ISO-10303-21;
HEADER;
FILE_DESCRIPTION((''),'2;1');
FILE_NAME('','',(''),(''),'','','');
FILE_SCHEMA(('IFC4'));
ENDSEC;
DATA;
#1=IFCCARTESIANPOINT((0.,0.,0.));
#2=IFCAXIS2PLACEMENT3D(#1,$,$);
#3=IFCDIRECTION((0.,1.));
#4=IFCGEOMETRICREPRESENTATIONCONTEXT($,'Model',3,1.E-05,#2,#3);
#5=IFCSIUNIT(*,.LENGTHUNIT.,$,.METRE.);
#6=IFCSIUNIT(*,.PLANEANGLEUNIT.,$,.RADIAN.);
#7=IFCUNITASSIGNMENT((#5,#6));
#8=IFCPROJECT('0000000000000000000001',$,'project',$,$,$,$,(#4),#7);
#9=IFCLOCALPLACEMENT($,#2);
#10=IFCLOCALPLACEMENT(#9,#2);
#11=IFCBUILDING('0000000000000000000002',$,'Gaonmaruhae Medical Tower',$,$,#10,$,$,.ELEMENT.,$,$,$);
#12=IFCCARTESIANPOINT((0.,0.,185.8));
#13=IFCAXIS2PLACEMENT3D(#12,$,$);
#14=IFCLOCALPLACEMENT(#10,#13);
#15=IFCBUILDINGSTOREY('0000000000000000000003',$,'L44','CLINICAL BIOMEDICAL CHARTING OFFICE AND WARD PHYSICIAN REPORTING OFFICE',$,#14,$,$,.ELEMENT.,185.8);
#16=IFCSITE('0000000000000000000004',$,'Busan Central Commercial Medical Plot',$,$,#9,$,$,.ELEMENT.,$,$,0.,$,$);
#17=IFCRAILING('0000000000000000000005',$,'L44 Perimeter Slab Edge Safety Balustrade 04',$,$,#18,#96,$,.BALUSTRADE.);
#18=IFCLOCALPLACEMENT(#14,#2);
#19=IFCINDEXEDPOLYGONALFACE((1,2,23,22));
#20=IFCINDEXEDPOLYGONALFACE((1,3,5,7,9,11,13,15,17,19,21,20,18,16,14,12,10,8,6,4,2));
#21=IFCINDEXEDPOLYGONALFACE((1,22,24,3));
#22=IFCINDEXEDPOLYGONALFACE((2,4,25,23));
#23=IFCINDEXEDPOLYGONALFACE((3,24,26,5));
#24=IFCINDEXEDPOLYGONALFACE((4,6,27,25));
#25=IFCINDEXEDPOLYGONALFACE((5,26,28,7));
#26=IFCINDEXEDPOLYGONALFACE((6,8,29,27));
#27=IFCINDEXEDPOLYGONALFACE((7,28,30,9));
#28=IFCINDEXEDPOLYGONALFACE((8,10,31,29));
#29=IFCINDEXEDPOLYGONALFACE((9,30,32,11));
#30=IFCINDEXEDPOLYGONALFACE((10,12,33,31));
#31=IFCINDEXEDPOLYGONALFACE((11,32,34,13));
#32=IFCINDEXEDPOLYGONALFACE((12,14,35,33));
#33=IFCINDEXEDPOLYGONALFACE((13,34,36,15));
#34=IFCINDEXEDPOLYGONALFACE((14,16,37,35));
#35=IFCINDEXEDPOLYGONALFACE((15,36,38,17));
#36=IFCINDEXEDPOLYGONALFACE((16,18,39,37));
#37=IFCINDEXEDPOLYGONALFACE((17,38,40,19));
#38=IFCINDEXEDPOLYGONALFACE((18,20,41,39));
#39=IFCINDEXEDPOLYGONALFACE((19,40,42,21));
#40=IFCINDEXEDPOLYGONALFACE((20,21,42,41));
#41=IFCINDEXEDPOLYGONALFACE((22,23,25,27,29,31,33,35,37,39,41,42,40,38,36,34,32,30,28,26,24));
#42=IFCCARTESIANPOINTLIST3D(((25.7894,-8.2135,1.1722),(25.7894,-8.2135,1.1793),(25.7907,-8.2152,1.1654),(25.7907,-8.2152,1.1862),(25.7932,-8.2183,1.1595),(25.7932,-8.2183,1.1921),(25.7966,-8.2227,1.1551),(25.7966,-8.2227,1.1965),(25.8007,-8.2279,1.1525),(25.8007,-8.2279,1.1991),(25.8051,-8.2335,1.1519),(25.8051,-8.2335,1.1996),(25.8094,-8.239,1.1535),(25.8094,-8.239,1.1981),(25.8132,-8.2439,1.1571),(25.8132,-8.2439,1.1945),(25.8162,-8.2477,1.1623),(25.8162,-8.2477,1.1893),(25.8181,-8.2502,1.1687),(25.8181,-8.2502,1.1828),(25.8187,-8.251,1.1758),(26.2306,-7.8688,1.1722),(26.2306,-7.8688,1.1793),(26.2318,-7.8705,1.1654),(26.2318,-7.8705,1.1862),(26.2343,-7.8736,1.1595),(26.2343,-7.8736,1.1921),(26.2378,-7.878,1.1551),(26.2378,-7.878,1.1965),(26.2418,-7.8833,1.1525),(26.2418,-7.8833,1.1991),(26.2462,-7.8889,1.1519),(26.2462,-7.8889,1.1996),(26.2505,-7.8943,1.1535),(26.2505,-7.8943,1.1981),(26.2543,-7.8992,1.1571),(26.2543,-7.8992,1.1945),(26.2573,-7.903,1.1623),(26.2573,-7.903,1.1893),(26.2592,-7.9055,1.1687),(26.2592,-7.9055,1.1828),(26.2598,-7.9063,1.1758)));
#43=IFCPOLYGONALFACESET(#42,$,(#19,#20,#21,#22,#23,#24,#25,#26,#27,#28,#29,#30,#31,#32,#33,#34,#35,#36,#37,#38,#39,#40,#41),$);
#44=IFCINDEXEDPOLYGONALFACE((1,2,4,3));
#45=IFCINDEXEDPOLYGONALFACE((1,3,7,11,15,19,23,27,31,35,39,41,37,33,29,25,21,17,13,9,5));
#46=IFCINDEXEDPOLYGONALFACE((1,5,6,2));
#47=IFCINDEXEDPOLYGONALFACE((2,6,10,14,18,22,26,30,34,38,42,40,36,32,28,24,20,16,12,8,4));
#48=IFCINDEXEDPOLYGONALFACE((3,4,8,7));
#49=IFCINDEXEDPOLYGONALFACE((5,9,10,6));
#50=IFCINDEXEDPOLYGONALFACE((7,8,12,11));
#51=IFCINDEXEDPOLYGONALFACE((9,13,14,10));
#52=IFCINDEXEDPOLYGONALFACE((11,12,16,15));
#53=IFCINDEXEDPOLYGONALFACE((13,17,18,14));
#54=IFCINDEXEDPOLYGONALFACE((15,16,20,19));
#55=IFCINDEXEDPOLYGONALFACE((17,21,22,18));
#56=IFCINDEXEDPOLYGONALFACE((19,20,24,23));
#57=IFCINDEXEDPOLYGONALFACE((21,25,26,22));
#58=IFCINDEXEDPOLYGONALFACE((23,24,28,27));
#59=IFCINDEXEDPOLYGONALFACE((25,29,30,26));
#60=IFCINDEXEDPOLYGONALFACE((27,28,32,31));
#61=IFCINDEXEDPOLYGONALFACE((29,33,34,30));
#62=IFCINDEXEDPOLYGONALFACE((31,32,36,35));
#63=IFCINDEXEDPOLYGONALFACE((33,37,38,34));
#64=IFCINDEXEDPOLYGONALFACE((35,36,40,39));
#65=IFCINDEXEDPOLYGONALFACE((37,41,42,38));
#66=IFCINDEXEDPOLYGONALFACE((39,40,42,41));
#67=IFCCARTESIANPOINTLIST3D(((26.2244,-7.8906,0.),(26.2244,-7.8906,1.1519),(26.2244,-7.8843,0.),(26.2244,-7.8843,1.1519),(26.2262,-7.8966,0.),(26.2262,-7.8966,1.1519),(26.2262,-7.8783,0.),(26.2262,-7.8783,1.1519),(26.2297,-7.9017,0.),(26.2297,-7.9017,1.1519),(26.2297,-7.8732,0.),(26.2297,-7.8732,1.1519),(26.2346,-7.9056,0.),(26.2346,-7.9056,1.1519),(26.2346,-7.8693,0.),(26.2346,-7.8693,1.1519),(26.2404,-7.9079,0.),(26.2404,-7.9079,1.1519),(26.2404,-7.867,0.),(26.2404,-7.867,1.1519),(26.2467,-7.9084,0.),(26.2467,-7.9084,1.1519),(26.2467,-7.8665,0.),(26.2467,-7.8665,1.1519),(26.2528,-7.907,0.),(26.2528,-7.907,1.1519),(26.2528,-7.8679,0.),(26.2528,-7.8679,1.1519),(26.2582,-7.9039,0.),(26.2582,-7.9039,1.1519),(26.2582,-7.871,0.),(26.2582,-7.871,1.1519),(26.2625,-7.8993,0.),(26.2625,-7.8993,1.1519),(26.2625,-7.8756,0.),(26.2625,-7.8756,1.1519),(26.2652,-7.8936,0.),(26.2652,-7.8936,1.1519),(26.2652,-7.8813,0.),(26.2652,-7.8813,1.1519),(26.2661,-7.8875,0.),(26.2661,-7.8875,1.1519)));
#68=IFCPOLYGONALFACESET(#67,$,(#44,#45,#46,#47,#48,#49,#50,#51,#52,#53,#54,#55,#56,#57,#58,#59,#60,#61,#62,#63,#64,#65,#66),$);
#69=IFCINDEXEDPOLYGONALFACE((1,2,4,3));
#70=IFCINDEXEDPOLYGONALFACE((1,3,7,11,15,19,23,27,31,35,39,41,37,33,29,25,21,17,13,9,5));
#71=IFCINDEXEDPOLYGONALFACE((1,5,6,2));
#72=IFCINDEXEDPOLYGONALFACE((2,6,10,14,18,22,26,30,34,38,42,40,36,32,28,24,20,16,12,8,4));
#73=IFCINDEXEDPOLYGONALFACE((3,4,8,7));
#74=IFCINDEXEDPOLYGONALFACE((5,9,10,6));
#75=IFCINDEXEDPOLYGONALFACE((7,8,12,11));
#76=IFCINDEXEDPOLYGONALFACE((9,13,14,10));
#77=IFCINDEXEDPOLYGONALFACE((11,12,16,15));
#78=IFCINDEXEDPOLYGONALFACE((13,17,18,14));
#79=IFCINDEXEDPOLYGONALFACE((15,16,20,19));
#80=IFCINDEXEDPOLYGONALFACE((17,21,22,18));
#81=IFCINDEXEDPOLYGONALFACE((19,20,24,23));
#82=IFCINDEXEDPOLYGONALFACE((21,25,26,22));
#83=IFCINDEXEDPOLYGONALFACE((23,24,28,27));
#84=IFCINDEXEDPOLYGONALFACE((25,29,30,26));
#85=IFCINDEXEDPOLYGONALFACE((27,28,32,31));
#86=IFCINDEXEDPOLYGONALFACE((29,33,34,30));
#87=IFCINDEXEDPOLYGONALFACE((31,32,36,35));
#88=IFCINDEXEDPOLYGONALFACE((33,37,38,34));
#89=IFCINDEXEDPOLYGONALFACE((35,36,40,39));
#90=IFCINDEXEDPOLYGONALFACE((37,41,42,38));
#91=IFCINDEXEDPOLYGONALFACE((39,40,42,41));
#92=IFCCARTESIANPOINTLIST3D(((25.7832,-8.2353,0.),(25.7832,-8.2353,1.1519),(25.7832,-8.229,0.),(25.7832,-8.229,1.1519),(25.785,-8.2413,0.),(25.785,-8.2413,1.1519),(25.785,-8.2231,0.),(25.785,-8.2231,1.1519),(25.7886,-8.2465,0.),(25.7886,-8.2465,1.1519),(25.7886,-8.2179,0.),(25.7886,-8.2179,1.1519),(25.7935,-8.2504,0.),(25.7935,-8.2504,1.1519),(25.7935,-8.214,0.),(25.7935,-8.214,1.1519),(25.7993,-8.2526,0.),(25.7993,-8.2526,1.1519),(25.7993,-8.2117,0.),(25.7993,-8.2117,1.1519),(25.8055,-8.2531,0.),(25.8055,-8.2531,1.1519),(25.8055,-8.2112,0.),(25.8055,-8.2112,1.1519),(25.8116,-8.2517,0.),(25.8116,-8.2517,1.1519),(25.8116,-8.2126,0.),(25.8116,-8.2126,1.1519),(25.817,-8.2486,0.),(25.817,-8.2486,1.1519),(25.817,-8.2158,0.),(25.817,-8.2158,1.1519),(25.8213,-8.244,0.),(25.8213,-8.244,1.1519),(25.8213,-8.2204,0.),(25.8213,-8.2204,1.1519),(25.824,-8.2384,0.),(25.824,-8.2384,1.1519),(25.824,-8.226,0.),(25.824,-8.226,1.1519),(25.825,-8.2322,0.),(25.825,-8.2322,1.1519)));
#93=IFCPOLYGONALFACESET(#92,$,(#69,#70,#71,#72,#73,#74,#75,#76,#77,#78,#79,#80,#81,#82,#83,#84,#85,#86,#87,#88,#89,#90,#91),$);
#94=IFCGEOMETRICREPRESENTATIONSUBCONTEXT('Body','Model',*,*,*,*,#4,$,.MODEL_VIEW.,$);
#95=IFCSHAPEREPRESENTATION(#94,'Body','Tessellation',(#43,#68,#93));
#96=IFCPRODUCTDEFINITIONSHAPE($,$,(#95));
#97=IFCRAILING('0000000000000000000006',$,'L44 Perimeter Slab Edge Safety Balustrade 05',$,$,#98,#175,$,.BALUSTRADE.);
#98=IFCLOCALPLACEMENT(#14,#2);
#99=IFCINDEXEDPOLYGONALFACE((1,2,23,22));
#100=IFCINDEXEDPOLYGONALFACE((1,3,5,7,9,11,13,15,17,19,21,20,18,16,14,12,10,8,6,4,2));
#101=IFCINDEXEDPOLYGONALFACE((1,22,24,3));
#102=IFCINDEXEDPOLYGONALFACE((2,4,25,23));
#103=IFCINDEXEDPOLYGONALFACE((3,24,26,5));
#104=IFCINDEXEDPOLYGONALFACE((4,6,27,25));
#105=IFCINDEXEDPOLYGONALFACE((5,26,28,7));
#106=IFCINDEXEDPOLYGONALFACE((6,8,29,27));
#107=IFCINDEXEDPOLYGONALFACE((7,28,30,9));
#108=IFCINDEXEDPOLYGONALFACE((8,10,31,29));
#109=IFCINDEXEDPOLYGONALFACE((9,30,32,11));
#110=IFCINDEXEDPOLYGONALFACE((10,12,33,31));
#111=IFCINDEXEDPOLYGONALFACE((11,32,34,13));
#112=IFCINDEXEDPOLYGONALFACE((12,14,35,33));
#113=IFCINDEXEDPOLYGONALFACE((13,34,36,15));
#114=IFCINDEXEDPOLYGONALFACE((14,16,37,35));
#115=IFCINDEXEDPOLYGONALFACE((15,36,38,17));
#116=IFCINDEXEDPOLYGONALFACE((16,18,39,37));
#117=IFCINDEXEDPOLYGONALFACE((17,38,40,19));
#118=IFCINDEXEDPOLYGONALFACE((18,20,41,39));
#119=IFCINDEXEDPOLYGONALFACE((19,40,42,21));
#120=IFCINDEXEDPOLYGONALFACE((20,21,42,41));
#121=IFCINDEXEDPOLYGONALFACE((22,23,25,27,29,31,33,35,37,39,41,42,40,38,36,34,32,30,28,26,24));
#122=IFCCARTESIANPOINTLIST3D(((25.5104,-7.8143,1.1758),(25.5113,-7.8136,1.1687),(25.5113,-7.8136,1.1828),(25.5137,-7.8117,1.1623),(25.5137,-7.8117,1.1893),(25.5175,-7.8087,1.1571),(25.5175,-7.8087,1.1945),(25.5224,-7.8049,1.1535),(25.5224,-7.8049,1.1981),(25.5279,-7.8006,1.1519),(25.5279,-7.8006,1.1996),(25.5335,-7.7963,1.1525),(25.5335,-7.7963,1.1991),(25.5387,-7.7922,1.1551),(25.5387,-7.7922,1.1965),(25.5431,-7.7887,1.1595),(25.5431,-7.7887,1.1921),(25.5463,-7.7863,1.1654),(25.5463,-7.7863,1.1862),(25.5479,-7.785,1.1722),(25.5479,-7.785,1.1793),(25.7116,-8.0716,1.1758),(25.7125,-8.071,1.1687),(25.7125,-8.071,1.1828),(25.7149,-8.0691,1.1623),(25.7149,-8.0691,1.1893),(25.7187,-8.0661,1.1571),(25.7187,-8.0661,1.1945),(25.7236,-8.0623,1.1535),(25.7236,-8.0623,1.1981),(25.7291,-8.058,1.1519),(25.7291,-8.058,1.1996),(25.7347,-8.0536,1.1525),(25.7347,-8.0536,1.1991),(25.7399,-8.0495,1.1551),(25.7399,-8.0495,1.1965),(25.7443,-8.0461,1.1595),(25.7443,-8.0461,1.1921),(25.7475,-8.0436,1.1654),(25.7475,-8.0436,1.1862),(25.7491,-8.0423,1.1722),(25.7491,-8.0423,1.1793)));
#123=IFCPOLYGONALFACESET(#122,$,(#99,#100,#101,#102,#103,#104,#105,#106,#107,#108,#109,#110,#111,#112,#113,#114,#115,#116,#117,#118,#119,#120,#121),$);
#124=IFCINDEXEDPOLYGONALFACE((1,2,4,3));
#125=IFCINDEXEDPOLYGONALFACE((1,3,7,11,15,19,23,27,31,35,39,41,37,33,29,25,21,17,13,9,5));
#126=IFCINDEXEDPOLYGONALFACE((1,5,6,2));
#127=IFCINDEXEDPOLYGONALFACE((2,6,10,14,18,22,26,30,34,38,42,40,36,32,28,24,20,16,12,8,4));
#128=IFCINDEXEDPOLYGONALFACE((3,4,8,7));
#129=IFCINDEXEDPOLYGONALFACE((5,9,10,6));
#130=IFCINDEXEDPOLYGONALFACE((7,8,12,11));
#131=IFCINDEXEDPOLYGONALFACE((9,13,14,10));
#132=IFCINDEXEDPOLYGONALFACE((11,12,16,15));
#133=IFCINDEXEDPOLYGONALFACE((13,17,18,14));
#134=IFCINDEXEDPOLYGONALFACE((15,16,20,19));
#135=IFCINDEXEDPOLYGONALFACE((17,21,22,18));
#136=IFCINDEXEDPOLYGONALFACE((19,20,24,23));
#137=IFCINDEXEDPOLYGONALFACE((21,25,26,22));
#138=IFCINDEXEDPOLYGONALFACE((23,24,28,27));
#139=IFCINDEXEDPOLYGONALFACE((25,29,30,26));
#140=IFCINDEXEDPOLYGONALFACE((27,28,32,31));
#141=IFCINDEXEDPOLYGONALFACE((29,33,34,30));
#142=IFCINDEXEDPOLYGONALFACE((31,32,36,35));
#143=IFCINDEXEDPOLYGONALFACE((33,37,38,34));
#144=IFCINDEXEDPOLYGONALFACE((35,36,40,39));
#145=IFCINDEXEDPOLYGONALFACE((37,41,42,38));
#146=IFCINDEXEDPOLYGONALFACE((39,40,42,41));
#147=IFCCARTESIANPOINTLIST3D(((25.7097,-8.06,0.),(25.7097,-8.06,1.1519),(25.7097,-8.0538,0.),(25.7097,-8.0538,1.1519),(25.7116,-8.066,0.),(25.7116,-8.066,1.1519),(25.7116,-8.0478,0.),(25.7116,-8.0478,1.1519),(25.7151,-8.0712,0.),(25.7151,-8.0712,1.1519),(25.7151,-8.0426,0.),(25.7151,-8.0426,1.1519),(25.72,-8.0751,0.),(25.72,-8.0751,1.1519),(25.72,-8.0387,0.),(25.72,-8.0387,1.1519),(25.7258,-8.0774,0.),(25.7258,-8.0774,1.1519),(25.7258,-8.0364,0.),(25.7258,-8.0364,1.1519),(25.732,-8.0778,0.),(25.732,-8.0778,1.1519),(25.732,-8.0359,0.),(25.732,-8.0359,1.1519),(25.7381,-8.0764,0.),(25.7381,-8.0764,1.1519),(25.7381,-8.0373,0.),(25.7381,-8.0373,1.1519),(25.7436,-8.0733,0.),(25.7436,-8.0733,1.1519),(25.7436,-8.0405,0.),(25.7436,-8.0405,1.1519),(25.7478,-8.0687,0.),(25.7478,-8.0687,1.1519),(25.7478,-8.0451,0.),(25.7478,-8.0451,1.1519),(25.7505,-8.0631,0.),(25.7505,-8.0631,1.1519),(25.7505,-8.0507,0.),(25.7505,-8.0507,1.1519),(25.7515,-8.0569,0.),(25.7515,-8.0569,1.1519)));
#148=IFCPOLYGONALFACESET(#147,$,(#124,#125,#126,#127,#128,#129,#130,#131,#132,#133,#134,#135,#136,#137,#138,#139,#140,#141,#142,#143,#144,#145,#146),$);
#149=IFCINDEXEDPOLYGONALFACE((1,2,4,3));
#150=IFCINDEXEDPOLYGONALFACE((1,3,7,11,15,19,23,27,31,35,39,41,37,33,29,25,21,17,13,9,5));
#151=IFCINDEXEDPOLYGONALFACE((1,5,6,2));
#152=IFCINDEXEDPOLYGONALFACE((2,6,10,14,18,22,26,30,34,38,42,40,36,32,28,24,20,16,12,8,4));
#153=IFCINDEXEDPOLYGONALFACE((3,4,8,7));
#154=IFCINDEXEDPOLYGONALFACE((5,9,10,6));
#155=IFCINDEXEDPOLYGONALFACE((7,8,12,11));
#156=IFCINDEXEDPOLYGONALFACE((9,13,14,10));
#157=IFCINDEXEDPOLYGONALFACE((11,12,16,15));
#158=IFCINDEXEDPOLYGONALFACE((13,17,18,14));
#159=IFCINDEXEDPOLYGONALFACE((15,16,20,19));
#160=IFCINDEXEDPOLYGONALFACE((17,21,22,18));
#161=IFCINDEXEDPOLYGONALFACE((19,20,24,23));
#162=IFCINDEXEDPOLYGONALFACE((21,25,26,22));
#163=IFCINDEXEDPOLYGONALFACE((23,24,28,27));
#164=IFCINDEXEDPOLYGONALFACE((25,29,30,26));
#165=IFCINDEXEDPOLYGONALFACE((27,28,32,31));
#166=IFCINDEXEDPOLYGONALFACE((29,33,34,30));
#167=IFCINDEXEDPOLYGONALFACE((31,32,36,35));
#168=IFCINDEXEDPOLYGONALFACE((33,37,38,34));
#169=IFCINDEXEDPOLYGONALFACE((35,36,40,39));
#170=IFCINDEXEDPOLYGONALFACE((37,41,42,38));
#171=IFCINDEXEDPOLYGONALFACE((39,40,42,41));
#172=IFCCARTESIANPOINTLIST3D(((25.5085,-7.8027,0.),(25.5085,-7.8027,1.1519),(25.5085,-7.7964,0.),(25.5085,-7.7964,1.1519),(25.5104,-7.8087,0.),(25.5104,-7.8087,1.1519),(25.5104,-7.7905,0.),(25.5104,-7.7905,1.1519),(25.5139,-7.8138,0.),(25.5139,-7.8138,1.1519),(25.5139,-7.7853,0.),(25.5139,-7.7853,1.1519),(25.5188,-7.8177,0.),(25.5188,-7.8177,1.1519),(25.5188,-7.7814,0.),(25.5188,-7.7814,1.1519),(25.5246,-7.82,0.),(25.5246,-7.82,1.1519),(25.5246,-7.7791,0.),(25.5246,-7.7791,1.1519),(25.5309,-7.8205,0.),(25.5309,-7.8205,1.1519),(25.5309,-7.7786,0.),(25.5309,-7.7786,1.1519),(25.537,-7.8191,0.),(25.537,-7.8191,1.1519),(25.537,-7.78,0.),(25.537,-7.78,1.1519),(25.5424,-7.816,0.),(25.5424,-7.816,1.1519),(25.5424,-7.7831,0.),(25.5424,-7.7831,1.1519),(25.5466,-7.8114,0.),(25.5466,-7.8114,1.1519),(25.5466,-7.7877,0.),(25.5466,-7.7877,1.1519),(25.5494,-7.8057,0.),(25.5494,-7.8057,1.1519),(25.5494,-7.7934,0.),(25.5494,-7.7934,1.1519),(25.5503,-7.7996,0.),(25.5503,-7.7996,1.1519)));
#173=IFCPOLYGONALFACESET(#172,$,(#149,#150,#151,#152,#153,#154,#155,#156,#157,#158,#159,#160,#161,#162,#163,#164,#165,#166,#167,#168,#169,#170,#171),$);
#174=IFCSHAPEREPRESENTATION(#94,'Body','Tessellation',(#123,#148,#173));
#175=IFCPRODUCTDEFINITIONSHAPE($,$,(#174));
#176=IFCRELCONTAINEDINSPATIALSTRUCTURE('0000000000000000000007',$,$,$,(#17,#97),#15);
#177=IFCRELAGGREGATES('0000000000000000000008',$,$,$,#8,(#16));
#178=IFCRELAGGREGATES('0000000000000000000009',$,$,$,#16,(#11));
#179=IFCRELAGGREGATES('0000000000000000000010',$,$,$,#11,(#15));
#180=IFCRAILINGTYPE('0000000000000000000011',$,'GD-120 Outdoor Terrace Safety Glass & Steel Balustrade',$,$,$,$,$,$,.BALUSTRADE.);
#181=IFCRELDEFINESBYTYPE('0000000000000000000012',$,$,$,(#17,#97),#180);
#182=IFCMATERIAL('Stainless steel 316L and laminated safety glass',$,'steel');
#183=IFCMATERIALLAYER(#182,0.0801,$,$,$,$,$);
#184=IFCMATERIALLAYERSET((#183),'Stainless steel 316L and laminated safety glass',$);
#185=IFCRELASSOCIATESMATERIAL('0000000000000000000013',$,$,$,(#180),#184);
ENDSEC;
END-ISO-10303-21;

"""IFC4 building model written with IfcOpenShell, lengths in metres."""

from ifc_helpers import new_model, si_unit, direction, frame, origin, origin_2d, place, context, subcontext, project, spatial, circle, extrude, material, layer, layer_set, type_object, element, save


model = new_model("IFC4")

# Units and contexts
model_context = context("Model", 3, precision=1e-05, world=origin(), true_north=direction((0.0, 1.0)))
body_context = subcontext(model_context, "Body", "Model", "MODEL_VIEW")
ifc_project = project(units=[si_unit("LENGTHUNIT", "METRE"), si_unit("PLANEANGLEUNIT", "RADIAN")], contexts=[model_context])

# Site, building, storey
site_placement = place(None, origin())
site = spatial("IfcSite", under=ifc_project, at=site_placement, Name="Busan Central Commercial Medical Plot", CompositionType="ELEMENT", RefElevation=0.0)
building_placement = place(site_placement, origin())
building = spatial("IfcBuilding", under=site, at=building_placement, Name="Gaonmaruhae Medical Tower", CompositionType="ELEMENT")
storey_placement = place(building_placement, frame((0.0, 0.0, 185.8)))
storey = spatial("IfcBuildingStorey", under=building, at=storey_placement, Name="L44", Description="CLINICAL BIOMEDICAL CHARTING OFFICE AND WARD PHYSICIAN REPORTING OFFICE", CompositionType="ELEMENT", Elevation=185.8)

# Railings
ifc_material_1 = material(Name="Stainless steel 316L and laminated safety glass", Category="steel")
ifc_layer_1 = layer(ifc_material_1, 0.0801)
ifc_layer_set_1 = layer_set([ifc_layer_1], Name="Stainless steel 316L and laminated safety glass")
railing_type = type_object("IfcRailingType", Name="GD-120 Outdoor Terrace Safety Glass & Steel Balustrade", PredefinedType="BALUSTRADE", material=ifc_layer_set_1)
railing_1_placement = place(storey_placement, frame((26.2451, -7.8875, 0.0)))
element("IfcRailing", 1, at=railing_1_placement, inside=storey, type_object=railing_type, Name="L44 Perimeter Slab Edge Safety Balustrade 04", PredefinedType="BALUSTRADE", context=body_context, shape_type="SweptSolid", body=[
    extrude(circle(Radius=0.0239, at=origin_2d()), frame((0.0, 0.0, 1.1758), z_axis=(-0.787965, -0.61572, 0.0), x_axis=(0.61572, -0.787965, 0.0)), (0.0, 0.0, 1.0), 0.5598),
    extrude(circle(Radius=0.021, at=origin_2d()), origin(), (0.0, 0.0, 1.0), 1.1519),
    extrude(circle(Radius=0.021, at=origin_2d()), frame((-0.4412, -0.3447, 0.0)), (0.0, 0.0, 1.0), 1.1519),
])
railing_2_placement = place(storey_placement, frame((25.7305, -8.0569, 0.0)))
element("IfcRailing", 2, at=railing_2_placement, inside=storey, type_object=railing_type, Name="L44 Perimeter Slab Edge Safety Balustrade 05", PredefinedType="BALUSTRADE", context=body_context, shape_type="SweptSolid", body=[
    extrude(circle(Radius=0.0239, at=origin_2d()), frame((0.0, 0.0, 1.1758), z_axis=(-0.615905, 0.78782, 0.0), x_axis=(-0.78782, -0.615905, 0.0)), (0.0, 0.0, 1.0), 0.3267),
    extrude(circle(Radius=0.021, at=origin_2d()), origin(), (0.0, 0.0, 1.0), 1.1519),
    extrude(circle(Radius=0.021, at=origin_2d()), frame((-0.2012, 0.2573, 0.0)), (0.0, 0.0, 1.0), 1.1519),
])

save(model, "model.ifc")
